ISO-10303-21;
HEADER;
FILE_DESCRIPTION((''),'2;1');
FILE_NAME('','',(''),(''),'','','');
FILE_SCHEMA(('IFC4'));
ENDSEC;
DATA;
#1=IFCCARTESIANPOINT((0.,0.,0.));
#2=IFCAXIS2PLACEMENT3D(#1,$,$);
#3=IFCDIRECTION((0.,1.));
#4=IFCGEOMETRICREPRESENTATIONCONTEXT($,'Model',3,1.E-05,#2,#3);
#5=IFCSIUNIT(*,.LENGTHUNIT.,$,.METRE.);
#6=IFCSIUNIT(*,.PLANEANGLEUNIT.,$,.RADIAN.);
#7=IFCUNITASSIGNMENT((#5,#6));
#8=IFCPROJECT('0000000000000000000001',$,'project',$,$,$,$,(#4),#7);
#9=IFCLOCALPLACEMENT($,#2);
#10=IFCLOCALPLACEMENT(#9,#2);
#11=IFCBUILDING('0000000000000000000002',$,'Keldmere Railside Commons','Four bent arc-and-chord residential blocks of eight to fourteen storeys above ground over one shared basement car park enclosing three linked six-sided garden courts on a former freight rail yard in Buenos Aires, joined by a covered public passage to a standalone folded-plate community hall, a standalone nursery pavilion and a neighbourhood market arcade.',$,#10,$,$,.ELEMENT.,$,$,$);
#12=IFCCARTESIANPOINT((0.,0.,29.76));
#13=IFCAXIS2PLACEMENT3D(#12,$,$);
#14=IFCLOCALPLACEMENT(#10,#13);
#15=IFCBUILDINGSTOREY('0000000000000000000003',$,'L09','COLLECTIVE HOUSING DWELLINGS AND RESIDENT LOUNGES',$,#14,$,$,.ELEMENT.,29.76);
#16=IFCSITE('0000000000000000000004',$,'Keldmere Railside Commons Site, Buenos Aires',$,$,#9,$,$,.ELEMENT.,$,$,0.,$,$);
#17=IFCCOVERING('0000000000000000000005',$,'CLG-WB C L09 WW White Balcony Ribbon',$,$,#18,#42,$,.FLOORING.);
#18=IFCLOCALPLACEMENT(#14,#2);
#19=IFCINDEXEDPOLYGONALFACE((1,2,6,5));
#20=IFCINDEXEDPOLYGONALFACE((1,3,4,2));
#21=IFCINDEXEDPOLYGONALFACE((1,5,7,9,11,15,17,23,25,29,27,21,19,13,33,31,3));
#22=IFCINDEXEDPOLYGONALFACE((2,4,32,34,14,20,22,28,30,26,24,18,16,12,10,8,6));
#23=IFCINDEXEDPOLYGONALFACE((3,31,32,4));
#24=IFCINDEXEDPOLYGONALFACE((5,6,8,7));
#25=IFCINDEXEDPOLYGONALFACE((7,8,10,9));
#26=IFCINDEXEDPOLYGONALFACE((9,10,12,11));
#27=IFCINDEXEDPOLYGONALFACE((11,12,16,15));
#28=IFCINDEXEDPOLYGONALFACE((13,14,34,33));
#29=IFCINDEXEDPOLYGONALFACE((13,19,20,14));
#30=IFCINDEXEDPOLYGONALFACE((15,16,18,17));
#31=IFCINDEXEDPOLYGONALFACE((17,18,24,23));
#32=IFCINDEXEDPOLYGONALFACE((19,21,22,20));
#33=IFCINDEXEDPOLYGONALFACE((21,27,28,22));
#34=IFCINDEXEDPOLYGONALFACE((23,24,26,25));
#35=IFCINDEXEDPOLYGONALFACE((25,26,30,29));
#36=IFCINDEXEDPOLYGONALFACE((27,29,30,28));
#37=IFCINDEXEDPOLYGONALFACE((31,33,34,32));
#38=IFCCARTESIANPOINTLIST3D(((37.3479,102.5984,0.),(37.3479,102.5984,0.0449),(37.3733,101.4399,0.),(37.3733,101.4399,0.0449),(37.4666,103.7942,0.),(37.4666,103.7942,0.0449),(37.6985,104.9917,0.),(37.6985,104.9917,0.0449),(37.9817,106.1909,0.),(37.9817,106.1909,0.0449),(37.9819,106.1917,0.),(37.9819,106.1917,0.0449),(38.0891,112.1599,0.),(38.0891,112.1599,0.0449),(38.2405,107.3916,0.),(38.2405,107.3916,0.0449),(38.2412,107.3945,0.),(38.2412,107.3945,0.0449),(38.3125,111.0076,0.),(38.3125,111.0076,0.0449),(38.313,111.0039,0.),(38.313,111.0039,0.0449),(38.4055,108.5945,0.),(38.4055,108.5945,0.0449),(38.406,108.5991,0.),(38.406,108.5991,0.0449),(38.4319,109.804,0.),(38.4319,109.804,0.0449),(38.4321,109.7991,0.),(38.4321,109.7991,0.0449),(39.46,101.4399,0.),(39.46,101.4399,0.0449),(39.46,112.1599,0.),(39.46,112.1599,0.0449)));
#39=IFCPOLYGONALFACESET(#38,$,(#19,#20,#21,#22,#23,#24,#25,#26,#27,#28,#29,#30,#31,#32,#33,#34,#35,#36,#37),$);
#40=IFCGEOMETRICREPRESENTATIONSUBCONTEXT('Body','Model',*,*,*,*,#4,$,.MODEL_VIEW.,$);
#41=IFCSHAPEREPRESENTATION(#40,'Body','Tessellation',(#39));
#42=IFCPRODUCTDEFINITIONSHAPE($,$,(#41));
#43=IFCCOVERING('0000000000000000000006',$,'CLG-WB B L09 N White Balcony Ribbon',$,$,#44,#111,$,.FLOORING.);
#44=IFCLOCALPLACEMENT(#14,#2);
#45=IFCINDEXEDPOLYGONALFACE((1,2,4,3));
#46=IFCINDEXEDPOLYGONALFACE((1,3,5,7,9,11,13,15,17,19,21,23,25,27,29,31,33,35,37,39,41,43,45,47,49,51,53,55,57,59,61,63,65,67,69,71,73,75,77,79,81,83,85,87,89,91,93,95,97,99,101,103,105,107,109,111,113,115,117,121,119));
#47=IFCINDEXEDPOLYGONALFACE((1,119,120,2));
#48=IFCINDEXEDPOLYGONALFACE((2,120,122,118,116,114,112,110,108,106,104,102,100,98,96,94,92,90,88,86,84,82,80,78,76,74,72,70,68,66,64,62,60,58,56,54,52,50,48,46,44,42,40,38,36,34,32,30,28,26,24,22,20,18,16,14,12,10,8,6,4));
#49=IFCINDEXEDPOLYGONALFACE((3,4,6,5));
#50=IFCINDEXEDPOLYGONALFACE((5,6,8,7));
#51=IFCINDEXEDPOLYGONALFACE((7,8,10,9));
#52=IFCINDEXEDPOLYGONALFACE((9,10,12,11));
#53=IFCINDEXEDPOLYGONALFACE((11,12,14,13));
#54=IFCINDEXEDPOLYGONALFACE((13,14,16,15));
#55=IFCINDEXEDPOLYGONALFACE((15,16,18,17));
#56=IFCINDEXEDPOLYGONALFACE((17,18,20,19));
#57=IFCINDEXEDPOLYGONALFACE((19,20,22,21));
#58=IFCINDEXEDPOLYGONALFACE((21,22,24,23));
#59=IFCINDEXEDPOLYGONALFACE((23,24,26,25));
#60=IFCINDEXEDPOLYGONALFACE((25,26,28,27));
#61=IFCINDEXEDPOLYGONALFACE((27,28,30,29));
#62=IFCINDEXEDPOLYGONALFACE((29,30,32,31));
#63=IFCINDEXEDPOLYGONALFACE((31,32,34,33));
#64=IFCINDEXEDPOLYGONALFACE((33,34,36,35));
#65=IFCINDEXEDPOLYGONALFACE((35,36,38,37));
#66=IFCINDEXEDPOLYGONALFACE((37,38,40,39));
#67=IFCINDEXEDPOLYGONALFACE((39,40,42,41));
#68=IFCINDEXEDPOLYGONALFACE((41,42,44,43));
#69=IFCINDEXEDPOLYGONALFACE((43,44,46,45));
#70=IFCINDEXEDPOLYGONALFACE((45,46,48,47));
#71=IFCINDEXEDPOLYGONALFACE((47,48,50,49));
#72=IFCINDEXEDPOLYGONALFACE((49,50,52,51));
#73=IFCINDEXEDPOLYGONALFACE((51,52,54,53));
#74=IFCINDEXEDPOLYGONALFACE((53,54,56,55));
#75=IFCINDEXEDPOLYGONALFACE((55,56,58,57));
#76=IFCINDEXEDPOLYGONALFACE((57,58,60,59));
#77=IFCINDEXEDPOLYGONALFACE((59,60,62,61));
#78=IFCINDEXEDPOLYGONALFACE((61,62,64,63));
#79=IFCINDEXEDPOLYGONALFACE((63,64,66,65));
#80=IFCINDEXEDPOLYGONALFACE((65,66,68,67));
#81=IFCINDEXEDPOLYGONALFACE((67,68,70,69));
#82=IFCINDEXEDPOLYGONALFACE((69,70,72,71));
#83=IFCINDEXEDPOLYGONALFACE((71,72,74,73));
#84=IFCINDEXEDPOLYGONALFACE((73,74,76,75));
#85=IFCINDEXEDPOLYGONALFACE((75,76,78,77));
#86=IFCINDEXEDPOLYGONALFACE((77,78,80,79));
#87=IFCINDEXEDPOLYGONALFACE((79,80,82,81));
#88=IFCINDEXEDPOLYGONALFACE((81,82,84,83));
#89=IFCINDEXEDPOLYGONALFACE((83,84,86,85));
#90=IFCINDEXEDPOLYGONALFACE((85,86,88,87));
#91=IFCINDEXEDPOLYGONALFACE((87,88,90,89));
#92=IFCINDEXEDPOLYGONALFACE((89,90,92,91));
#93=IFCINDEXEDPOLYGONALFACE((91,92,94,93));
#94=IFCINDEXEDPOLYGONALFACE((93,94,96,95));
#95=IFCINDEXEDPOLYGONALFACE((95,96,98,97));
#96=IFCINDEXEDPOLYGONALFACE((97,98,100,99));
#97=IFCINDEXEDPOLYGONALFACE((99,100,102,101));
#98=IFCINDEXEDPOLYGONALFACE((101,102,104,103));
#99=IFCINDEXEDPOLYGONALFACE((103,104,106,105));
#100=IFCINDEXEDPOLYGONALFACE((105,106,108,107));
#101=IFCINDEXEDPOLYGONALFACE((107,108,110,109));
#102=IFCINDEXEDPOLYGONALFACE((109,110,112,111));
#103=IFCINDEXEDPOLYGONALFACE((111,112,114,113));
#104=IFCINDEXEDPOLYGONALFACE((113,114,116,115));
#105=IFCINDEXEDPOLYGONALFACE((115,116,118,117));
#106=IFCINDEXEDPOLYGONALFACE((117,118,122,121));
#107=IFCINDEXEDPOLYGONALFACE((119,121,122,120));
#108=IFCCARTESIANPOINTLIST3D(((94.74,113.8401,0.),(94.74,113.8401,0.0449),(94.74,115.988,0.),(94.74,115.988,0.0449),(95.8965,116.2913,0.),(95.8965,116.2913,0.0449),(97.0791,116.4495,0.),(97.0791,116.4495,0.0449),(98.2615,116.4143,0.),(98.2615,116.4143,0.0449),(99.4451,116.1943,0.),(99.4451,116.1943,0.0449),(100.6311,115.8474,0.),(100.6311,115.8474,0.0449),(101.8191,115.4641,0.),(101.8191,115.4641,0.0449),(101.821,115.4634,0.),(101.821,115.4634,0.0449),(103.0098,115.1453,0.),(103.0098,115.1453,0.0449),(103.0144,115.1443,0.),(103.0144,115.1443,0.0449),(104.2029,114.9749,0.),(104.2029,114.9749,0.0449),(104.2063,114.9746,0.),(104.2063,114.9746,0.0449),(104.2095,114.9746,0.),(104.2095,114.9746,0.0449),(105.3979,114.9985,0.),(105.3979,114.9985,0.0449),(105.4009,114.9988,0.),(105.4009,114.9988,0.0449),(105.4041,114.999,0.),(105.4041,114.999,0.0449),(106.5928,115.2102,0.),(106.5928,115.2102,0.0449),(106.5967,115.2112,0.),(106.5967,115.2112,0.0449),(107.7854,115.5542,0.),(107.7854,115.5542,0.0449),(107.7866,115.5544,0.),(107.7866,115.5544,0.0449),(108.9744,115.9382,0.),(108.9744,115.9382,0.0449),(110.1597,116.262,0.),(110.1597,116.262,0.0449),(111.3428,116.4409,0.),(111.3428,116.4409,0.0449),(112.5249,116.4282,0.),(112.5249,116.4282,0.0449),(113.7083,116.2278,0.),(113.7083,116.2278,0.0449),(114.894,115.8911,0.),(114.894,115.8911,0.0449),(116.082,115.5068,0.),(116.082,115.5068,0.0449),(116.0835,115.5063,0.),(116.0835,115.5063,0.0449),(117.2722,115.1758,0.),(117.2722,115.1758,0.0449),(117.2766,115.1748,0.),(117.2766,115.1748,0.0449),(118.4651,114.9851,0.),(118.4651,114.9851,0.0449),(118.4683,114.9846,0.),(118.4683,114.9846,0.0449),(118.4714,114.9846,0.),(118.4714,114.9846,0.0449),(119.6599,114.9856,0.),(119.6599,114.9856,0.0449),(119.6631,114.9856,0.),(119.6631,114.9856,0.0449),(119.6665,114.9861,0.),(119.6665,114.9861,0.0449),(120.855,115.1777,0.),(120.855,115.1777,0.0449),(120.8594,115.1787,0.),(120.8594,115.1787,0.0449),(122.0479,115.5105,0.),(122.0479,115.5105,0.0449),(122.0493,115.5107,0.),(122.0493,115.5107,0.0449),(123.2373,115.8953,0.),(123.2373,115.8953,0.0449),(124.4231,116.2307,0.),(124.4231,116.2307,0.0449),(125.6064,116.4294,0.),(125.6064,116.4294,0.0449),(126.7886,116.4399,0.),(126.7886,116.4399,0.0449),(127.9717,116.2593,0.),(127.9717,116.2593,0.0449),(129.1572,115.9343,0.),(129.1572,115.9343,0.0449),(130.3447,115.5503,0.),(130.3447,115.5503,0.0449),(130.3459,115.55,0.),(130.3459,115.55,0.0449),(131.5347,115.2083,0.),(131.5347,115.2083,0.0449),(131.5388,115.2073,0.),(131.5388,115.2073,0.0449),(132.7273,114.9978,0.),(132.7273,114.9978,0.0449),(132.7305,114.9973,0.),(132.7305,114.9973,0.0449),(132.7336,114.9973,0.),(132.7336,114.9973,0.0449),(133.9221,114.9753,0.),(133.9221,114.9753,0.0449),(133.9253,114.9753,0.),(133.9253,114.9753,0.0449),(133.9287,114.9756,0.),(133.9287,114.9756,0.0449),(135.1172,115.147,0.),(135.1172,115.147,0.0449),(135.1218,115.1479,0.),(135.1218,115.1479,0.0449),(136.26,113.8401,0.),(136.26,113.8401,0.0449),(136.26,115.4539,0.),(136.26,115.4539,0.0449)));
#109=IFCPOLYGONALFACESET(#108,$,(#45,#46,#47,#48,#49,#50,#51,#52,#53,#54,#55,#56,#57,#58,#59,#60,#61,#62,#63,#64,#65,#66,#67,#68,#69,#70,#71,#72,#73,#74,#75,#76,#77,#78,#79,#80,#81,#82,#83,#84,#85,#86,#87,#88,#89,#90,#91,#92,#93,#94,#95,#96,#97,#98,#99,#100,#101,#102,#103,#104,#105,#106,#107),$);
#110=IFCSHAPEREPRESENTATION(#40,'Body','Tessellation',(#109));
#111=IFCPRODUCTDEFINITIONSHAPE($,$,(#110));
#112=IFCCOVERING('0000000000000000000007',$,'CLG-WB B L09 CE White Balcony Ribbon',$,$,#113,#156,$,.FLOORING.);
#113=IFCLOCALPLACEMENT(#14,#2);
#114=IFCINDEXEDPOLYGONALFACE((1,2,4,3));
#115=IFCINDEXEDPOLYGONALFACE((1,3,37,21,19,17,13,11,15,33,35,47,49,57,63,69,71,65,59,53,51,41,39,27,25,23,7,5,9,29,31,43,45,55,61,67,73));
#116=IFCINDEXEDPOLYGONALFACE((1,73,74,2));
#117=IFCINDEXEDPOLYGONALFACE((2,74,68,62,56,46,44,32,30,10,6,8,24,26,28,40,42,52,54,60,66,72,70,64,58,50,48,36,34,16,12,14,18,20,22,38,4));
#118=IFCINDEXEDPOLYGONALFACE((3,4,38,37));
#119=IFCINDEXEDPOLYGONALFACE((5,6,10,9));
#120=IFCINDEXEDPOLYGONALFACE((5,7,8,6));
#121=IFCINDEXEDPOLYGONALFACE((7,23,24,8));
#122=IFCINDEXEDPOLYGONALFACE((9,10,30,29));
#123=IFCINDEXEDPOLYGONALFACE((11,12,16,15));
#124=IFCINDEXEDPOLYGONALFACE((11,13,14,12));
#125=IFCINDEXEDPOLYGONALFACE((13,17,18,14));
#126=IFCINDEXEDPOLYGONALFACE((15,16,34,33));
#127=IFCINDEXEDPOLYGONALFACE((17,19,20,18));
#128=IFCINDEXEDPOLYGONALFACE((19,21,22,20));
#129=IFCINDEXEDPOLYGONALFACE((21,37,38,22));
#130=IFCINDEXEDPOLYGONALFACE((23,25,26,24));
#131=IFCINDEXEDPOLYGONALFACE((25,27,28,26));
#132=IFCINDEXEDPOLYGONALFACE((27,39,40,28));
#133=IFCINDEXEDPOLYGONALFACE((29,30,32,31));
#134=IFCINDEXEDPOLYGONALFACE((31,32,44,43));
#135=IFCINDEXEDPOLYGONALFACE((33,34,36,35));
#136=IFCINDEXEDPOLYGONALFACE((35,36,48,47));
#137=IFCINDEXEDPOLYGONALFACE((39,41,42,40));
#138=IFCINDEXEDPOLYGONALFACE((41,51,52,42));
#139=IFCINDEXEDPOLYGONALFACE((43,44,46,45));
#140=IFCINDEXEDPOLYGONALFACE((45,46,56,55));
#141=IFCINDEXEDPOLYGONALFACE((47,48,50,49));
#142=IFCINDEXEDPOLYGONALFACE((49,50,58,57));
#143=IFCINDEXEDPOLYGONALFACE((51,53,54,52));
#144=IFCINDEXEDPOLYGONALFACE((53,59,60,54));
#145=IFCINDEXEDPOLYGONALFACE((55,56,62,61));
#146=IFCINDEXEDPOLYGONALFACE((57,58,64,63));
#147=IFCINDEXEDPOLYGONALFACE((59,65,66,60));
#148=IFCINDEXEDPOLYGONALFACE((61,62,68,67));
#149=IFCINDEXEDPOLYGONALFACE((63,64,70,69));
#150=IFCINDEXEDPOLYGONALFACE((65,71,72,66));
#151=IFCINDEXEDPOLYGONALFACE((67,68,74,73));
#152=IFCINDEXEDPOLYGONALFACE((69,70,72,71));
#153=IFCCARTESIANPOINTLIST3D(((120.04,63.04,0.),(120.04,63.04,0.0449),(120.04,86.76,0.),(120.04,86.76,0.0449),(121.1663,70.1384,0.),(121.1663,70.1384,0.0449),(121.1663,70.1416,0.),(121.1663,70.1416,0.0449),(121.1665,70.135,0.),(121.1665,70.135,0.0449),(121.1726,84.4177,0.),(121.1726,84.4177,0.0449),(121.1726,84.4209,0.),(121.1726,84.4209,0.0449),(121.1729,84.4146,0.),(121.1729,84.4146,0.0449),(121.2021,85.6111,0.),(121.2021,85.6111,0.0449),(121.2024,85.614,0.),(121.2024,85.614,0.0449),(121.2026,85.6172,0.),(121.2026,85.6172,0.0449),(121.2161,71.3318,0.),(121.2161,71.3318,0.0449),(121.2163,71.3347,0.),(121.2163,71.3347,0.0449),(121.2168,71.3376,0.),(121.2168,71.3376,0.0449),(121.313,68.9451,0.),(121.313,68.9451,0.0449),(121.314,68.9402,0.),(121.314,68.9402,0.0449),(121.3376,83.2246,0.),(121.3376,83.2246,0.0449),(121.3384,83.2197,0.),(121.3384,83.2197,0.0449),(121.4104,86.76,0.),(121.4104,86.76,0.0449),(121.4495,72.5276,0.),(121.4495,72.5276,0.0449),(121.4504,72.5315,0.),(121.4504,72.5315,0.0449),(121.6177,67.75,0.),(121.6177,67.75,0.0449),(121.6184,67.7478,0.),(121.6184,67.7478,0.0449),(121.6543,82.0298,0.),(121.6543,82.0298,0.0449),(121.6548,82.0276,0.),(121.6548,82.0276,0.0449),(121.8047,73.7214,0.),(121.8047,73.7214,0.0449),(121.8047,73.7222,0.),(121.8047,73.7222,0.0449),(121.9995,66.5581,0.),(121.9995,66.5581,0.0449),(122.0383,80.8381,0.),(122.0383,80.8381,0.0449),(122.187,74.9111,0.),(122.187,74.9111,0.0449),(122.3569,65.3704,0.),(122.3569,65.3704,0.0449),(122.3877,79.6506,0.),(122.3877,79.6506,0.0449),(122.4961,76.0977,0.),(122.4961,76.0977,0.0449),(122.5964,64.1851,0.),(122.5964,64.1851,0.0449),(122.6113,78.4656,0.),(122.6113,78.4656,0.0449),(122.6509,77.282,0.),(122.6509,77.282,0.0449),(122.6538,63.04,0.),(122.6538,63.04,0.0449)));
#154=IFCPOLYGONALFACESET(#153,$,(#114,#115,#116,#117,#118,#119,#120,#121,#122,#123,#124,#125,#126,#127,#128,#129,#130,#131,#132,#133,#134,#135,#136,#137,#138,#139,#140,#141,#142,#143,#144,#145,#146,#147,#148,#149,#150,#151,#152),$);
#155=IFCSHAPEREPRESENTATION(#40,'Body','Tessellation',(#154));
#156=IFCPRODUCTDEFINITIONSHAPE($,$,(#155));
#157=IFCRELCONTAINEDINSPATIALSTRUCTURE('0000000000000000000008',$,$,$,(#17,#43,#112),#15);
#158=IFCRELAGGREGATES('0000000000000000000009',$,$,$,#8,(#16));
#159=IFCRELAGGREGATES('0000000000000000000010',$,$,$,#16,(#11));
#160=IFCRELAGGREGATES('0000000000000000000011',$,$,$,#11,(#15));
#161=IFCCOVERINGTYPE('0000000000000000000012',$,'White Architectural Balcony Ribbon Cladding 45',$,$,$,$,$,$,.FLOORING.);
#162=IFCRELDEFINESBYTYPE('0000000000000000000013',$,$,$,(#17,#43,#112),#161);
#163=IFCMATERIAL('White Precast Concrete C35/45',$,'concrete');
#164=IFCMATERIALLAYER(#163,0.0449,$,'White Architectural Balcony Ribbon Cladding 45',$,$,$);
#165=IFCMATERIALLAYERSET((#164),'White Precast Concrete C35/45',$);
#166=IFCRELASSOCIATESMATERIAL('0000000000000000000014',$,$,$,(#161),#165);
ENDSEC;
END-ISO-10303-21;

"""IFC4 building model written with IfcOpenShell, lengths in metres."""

from ifc_helpers import new_model, si_unit, direction, frame, origin, place, context, subcontext, project, spatial, polyline, outline, extrude, material, layer, layer_set, type_object, element, save


model = new_model("IFC4")

# Units and contexts
model_context = context("Model", 3, precision=1e-05, world=origin(), true_north=direction((0.0, 1.0)))
body_context = subcontext(model_context, "Body", "Model", "MODEL_VIEW")
ifc_project = project(units=[si_unit("LENGTHUNIT", "METRE"), si_unit("PLANEANGLEUNIT", "RADIAN")], contexts=[model_context])

# Site, building, storey
site_placement = place(None, origin())
site = spatial("IfcSite", under=ifc_project, at=site_placement, Name="Keldmere Railside Commons Site, Buenos Aires", CompositionType="ELEMENT", RefElevation=0.0)
building_placement = place(site_placement, origin())
building = spatial("IfcBuilding", under=site, at=building_placement, Name="Keldmere Railside Commons", Description="Four bent arc-and-chord residential blocks of eight to fourteen storeys above ground over one shared basement car park enclosing three linked six-sided garden courts on a former freight rail yard in Buenos Aires, joined by a covered public passage to a standalone folded-plate community hall, a standalone nursery pavilion and a neighbourhood market arcade.", CompositionType="ELEMENT")
storey_placement = place(building_placement, frame((0.0, 0.0, 29.76)))
storey = spatial("IfcBuildingStorey", under=building, at=storey_placement, Name="L09", Description="COLLECTIVE HOUSING DWELLINGS AND RESIDENT LOUNGES", CompositionType="ELEMENT", Elevation=29.76)

# Coverings
ifc_material_1 = material(Name="White Precast Concrete C35/45", Category="concrete")
ifc_layer_1 = layer(ifc_material_1, 0.0449, Name="White Architectural Balcony Ribbon Cladding 45")
ifc_layer_set_1 = layer_set([ifc_layer_1], Name="White Precast Concrete C35/45")
covering_type = type_object("IfcCoveringType", Name="White Architectural Balcony Ribbon Cladding 45", PredefinedType="FLOORING", material=ifc_layer_set_1)
covering_1_placement = place(storey_placement, origin())
element("IfcCovering", 1, at=covering_1_placement, inside=storey, type_object=covering_type, Name="CLG-WB C L09 WW White Balcony Ribbon", PredefinedType="FLOORING", context=body_context, shape_type="SweptSolid", body=[
    extrude(outline(polyline([(39.46, 112.1599), (38.0891, 112.1599), (38.3125, 111.0076), (38.313, 111.0039), (38.4319, 109.804), (38.4321, 109.7991), (38.406, 108.5991), (38.4055, 108.5945), (38.2412, 107.3945), (38.2405, 107.3916), (37.9819, 106.1917), (37.9817, 106.1909), (37.6985, 104.9917), (37.4666, 103.7942), (37.3479, 102.5984), (37.3733, 101.4399), (39.46, 101.4399), (39.46, 112.1599)])), origin(), (0.0, 0.0, 1.0), 0.0449),
])
covering_2_placement = place(storey_placement, origin())
element("IfcCovering", 2, at=covering_2_placement, inside=storey, type_object=covering_type, Name="CLG-WB B L09 N White Balcony Ribbon", PredefinedType="FLOORING", context=body_context, shape_type="SweptSolid", body=[
    extrude(outline(polyline([(136.26, 113.8401), (136.26, 115.4539), (135.1218, 115.1479), (135.1172, 115.147), (133.9287, 114.9756), (133.9253, 114.9753), (133.9221, 114.9753), (132.7336, 114.9973), (132.7305, 114.9973), (132.7273, 114.9978), (131.5388, 115.2073), (131.5347, 115.2083), (130.3459, 115.55), (130.3447, 115.5503), (129.1572, 115.9343), (127.9717, 116.2593), (126.7886, 116.4399), (125.6064, 116.4294), (124.4231, 116.2307), (123.2373, 115.8953), (122.0493, 115.5107), (122.0479, 115.5105), (120.8594, 115.1787), (120.855, 115.1777), (119.6665, 114.9861), (119.6631, 114.9856), (119.6599, 114.9856), (118.4714, 114.9846), (118.4683, 114.9846), (118.4651, 114.9851), (117.2766, 115.1748), (117.2722, 115.1758), (116.0835, 115.5063), (116.082, 115.5068), (114.894, 115.8911), (113.7083, 116.2278), (112.5249, 116.4282), (111.3428, 116.4409), (110.1597, 116.262), (108.9744, 115.9382), (107.7866, 115.5544), (107.7854, 115.5542), (106.5967, 115.2112), (106.5928, 115.2102), (105.4041, 114.999), (105.4009, 114.9988), (105.3979, 114.9985), (104.2095, 114.9746), (104.2063, 114.9746), (104.2029, 114.9749), (103.0144, 115.1443), (103.0098, 115.1453), (101.821, 115.4634), (101.8191, 115.4641), (100.6311, 115.8474), (99.4451, 116.1943), (98.2615, 116.4143), (97.0791, 116.4495), (95.8965, 116.2913), (94.74, 115.988), (94.74, 113.8401), (136.26, 113.8401)])), origin(), (0.0, 0.0, 1.0), 0.0449),
])
covering_3_placement = place(storey_placement, origin())
element("IfcCovering", 3, at=covering_3_placement, inside=storey, type_object=covering_type, Name="CLG-WB B L09 CE White Balcony Ribbon", PredefinedType="FLOORING", context=body_context, shape_type="SweptSolid", body=[
    extrude(outline(polyline([(122.5964, 64.1851), (122.3569, 65.3704), (121.9995, 66.5581), (121.6184, 67.7478), (121.6177, 67.75), (121.314, 68.9402), (121.313, 68.9451), (121.1665, 70.135), (121.1663, 70.1384), (121.1663, 70.1416), (121.2161, 71.3318), (121.2163, 71.3347), (121.2168, 71.3376), (121.4495, 72.5276), (121.4504, 72.5315), (121.8047, 73.7214), (121.8047, 73.7222), (122.187, 74.9111), (122.4961, 76.0977), (122.6509, 77.282), (122.6113, 78.4656), (122.3877, 79.6506), (122.0383, 80.8381), (121.6548, 82.0276), (121.6543, 82.0298), (121.3384, 83.2197), (121.3376, 83.2246), (121.1729, 84.4146), (121.1726, 84.4177), (121.1726, 84.4209), (121.2021, 85.6111), (121.2024, 85.614), (121.2026, 85.6172), (121.4104, 86.76), (120.04, 86.76), (120.04, 63.04), (122.6538, 63.04), (122.5964, 64.1851)])), origin(), (0.0, 0.0, 1.0), 0.0449),
])

save(model, "model.ifc")
